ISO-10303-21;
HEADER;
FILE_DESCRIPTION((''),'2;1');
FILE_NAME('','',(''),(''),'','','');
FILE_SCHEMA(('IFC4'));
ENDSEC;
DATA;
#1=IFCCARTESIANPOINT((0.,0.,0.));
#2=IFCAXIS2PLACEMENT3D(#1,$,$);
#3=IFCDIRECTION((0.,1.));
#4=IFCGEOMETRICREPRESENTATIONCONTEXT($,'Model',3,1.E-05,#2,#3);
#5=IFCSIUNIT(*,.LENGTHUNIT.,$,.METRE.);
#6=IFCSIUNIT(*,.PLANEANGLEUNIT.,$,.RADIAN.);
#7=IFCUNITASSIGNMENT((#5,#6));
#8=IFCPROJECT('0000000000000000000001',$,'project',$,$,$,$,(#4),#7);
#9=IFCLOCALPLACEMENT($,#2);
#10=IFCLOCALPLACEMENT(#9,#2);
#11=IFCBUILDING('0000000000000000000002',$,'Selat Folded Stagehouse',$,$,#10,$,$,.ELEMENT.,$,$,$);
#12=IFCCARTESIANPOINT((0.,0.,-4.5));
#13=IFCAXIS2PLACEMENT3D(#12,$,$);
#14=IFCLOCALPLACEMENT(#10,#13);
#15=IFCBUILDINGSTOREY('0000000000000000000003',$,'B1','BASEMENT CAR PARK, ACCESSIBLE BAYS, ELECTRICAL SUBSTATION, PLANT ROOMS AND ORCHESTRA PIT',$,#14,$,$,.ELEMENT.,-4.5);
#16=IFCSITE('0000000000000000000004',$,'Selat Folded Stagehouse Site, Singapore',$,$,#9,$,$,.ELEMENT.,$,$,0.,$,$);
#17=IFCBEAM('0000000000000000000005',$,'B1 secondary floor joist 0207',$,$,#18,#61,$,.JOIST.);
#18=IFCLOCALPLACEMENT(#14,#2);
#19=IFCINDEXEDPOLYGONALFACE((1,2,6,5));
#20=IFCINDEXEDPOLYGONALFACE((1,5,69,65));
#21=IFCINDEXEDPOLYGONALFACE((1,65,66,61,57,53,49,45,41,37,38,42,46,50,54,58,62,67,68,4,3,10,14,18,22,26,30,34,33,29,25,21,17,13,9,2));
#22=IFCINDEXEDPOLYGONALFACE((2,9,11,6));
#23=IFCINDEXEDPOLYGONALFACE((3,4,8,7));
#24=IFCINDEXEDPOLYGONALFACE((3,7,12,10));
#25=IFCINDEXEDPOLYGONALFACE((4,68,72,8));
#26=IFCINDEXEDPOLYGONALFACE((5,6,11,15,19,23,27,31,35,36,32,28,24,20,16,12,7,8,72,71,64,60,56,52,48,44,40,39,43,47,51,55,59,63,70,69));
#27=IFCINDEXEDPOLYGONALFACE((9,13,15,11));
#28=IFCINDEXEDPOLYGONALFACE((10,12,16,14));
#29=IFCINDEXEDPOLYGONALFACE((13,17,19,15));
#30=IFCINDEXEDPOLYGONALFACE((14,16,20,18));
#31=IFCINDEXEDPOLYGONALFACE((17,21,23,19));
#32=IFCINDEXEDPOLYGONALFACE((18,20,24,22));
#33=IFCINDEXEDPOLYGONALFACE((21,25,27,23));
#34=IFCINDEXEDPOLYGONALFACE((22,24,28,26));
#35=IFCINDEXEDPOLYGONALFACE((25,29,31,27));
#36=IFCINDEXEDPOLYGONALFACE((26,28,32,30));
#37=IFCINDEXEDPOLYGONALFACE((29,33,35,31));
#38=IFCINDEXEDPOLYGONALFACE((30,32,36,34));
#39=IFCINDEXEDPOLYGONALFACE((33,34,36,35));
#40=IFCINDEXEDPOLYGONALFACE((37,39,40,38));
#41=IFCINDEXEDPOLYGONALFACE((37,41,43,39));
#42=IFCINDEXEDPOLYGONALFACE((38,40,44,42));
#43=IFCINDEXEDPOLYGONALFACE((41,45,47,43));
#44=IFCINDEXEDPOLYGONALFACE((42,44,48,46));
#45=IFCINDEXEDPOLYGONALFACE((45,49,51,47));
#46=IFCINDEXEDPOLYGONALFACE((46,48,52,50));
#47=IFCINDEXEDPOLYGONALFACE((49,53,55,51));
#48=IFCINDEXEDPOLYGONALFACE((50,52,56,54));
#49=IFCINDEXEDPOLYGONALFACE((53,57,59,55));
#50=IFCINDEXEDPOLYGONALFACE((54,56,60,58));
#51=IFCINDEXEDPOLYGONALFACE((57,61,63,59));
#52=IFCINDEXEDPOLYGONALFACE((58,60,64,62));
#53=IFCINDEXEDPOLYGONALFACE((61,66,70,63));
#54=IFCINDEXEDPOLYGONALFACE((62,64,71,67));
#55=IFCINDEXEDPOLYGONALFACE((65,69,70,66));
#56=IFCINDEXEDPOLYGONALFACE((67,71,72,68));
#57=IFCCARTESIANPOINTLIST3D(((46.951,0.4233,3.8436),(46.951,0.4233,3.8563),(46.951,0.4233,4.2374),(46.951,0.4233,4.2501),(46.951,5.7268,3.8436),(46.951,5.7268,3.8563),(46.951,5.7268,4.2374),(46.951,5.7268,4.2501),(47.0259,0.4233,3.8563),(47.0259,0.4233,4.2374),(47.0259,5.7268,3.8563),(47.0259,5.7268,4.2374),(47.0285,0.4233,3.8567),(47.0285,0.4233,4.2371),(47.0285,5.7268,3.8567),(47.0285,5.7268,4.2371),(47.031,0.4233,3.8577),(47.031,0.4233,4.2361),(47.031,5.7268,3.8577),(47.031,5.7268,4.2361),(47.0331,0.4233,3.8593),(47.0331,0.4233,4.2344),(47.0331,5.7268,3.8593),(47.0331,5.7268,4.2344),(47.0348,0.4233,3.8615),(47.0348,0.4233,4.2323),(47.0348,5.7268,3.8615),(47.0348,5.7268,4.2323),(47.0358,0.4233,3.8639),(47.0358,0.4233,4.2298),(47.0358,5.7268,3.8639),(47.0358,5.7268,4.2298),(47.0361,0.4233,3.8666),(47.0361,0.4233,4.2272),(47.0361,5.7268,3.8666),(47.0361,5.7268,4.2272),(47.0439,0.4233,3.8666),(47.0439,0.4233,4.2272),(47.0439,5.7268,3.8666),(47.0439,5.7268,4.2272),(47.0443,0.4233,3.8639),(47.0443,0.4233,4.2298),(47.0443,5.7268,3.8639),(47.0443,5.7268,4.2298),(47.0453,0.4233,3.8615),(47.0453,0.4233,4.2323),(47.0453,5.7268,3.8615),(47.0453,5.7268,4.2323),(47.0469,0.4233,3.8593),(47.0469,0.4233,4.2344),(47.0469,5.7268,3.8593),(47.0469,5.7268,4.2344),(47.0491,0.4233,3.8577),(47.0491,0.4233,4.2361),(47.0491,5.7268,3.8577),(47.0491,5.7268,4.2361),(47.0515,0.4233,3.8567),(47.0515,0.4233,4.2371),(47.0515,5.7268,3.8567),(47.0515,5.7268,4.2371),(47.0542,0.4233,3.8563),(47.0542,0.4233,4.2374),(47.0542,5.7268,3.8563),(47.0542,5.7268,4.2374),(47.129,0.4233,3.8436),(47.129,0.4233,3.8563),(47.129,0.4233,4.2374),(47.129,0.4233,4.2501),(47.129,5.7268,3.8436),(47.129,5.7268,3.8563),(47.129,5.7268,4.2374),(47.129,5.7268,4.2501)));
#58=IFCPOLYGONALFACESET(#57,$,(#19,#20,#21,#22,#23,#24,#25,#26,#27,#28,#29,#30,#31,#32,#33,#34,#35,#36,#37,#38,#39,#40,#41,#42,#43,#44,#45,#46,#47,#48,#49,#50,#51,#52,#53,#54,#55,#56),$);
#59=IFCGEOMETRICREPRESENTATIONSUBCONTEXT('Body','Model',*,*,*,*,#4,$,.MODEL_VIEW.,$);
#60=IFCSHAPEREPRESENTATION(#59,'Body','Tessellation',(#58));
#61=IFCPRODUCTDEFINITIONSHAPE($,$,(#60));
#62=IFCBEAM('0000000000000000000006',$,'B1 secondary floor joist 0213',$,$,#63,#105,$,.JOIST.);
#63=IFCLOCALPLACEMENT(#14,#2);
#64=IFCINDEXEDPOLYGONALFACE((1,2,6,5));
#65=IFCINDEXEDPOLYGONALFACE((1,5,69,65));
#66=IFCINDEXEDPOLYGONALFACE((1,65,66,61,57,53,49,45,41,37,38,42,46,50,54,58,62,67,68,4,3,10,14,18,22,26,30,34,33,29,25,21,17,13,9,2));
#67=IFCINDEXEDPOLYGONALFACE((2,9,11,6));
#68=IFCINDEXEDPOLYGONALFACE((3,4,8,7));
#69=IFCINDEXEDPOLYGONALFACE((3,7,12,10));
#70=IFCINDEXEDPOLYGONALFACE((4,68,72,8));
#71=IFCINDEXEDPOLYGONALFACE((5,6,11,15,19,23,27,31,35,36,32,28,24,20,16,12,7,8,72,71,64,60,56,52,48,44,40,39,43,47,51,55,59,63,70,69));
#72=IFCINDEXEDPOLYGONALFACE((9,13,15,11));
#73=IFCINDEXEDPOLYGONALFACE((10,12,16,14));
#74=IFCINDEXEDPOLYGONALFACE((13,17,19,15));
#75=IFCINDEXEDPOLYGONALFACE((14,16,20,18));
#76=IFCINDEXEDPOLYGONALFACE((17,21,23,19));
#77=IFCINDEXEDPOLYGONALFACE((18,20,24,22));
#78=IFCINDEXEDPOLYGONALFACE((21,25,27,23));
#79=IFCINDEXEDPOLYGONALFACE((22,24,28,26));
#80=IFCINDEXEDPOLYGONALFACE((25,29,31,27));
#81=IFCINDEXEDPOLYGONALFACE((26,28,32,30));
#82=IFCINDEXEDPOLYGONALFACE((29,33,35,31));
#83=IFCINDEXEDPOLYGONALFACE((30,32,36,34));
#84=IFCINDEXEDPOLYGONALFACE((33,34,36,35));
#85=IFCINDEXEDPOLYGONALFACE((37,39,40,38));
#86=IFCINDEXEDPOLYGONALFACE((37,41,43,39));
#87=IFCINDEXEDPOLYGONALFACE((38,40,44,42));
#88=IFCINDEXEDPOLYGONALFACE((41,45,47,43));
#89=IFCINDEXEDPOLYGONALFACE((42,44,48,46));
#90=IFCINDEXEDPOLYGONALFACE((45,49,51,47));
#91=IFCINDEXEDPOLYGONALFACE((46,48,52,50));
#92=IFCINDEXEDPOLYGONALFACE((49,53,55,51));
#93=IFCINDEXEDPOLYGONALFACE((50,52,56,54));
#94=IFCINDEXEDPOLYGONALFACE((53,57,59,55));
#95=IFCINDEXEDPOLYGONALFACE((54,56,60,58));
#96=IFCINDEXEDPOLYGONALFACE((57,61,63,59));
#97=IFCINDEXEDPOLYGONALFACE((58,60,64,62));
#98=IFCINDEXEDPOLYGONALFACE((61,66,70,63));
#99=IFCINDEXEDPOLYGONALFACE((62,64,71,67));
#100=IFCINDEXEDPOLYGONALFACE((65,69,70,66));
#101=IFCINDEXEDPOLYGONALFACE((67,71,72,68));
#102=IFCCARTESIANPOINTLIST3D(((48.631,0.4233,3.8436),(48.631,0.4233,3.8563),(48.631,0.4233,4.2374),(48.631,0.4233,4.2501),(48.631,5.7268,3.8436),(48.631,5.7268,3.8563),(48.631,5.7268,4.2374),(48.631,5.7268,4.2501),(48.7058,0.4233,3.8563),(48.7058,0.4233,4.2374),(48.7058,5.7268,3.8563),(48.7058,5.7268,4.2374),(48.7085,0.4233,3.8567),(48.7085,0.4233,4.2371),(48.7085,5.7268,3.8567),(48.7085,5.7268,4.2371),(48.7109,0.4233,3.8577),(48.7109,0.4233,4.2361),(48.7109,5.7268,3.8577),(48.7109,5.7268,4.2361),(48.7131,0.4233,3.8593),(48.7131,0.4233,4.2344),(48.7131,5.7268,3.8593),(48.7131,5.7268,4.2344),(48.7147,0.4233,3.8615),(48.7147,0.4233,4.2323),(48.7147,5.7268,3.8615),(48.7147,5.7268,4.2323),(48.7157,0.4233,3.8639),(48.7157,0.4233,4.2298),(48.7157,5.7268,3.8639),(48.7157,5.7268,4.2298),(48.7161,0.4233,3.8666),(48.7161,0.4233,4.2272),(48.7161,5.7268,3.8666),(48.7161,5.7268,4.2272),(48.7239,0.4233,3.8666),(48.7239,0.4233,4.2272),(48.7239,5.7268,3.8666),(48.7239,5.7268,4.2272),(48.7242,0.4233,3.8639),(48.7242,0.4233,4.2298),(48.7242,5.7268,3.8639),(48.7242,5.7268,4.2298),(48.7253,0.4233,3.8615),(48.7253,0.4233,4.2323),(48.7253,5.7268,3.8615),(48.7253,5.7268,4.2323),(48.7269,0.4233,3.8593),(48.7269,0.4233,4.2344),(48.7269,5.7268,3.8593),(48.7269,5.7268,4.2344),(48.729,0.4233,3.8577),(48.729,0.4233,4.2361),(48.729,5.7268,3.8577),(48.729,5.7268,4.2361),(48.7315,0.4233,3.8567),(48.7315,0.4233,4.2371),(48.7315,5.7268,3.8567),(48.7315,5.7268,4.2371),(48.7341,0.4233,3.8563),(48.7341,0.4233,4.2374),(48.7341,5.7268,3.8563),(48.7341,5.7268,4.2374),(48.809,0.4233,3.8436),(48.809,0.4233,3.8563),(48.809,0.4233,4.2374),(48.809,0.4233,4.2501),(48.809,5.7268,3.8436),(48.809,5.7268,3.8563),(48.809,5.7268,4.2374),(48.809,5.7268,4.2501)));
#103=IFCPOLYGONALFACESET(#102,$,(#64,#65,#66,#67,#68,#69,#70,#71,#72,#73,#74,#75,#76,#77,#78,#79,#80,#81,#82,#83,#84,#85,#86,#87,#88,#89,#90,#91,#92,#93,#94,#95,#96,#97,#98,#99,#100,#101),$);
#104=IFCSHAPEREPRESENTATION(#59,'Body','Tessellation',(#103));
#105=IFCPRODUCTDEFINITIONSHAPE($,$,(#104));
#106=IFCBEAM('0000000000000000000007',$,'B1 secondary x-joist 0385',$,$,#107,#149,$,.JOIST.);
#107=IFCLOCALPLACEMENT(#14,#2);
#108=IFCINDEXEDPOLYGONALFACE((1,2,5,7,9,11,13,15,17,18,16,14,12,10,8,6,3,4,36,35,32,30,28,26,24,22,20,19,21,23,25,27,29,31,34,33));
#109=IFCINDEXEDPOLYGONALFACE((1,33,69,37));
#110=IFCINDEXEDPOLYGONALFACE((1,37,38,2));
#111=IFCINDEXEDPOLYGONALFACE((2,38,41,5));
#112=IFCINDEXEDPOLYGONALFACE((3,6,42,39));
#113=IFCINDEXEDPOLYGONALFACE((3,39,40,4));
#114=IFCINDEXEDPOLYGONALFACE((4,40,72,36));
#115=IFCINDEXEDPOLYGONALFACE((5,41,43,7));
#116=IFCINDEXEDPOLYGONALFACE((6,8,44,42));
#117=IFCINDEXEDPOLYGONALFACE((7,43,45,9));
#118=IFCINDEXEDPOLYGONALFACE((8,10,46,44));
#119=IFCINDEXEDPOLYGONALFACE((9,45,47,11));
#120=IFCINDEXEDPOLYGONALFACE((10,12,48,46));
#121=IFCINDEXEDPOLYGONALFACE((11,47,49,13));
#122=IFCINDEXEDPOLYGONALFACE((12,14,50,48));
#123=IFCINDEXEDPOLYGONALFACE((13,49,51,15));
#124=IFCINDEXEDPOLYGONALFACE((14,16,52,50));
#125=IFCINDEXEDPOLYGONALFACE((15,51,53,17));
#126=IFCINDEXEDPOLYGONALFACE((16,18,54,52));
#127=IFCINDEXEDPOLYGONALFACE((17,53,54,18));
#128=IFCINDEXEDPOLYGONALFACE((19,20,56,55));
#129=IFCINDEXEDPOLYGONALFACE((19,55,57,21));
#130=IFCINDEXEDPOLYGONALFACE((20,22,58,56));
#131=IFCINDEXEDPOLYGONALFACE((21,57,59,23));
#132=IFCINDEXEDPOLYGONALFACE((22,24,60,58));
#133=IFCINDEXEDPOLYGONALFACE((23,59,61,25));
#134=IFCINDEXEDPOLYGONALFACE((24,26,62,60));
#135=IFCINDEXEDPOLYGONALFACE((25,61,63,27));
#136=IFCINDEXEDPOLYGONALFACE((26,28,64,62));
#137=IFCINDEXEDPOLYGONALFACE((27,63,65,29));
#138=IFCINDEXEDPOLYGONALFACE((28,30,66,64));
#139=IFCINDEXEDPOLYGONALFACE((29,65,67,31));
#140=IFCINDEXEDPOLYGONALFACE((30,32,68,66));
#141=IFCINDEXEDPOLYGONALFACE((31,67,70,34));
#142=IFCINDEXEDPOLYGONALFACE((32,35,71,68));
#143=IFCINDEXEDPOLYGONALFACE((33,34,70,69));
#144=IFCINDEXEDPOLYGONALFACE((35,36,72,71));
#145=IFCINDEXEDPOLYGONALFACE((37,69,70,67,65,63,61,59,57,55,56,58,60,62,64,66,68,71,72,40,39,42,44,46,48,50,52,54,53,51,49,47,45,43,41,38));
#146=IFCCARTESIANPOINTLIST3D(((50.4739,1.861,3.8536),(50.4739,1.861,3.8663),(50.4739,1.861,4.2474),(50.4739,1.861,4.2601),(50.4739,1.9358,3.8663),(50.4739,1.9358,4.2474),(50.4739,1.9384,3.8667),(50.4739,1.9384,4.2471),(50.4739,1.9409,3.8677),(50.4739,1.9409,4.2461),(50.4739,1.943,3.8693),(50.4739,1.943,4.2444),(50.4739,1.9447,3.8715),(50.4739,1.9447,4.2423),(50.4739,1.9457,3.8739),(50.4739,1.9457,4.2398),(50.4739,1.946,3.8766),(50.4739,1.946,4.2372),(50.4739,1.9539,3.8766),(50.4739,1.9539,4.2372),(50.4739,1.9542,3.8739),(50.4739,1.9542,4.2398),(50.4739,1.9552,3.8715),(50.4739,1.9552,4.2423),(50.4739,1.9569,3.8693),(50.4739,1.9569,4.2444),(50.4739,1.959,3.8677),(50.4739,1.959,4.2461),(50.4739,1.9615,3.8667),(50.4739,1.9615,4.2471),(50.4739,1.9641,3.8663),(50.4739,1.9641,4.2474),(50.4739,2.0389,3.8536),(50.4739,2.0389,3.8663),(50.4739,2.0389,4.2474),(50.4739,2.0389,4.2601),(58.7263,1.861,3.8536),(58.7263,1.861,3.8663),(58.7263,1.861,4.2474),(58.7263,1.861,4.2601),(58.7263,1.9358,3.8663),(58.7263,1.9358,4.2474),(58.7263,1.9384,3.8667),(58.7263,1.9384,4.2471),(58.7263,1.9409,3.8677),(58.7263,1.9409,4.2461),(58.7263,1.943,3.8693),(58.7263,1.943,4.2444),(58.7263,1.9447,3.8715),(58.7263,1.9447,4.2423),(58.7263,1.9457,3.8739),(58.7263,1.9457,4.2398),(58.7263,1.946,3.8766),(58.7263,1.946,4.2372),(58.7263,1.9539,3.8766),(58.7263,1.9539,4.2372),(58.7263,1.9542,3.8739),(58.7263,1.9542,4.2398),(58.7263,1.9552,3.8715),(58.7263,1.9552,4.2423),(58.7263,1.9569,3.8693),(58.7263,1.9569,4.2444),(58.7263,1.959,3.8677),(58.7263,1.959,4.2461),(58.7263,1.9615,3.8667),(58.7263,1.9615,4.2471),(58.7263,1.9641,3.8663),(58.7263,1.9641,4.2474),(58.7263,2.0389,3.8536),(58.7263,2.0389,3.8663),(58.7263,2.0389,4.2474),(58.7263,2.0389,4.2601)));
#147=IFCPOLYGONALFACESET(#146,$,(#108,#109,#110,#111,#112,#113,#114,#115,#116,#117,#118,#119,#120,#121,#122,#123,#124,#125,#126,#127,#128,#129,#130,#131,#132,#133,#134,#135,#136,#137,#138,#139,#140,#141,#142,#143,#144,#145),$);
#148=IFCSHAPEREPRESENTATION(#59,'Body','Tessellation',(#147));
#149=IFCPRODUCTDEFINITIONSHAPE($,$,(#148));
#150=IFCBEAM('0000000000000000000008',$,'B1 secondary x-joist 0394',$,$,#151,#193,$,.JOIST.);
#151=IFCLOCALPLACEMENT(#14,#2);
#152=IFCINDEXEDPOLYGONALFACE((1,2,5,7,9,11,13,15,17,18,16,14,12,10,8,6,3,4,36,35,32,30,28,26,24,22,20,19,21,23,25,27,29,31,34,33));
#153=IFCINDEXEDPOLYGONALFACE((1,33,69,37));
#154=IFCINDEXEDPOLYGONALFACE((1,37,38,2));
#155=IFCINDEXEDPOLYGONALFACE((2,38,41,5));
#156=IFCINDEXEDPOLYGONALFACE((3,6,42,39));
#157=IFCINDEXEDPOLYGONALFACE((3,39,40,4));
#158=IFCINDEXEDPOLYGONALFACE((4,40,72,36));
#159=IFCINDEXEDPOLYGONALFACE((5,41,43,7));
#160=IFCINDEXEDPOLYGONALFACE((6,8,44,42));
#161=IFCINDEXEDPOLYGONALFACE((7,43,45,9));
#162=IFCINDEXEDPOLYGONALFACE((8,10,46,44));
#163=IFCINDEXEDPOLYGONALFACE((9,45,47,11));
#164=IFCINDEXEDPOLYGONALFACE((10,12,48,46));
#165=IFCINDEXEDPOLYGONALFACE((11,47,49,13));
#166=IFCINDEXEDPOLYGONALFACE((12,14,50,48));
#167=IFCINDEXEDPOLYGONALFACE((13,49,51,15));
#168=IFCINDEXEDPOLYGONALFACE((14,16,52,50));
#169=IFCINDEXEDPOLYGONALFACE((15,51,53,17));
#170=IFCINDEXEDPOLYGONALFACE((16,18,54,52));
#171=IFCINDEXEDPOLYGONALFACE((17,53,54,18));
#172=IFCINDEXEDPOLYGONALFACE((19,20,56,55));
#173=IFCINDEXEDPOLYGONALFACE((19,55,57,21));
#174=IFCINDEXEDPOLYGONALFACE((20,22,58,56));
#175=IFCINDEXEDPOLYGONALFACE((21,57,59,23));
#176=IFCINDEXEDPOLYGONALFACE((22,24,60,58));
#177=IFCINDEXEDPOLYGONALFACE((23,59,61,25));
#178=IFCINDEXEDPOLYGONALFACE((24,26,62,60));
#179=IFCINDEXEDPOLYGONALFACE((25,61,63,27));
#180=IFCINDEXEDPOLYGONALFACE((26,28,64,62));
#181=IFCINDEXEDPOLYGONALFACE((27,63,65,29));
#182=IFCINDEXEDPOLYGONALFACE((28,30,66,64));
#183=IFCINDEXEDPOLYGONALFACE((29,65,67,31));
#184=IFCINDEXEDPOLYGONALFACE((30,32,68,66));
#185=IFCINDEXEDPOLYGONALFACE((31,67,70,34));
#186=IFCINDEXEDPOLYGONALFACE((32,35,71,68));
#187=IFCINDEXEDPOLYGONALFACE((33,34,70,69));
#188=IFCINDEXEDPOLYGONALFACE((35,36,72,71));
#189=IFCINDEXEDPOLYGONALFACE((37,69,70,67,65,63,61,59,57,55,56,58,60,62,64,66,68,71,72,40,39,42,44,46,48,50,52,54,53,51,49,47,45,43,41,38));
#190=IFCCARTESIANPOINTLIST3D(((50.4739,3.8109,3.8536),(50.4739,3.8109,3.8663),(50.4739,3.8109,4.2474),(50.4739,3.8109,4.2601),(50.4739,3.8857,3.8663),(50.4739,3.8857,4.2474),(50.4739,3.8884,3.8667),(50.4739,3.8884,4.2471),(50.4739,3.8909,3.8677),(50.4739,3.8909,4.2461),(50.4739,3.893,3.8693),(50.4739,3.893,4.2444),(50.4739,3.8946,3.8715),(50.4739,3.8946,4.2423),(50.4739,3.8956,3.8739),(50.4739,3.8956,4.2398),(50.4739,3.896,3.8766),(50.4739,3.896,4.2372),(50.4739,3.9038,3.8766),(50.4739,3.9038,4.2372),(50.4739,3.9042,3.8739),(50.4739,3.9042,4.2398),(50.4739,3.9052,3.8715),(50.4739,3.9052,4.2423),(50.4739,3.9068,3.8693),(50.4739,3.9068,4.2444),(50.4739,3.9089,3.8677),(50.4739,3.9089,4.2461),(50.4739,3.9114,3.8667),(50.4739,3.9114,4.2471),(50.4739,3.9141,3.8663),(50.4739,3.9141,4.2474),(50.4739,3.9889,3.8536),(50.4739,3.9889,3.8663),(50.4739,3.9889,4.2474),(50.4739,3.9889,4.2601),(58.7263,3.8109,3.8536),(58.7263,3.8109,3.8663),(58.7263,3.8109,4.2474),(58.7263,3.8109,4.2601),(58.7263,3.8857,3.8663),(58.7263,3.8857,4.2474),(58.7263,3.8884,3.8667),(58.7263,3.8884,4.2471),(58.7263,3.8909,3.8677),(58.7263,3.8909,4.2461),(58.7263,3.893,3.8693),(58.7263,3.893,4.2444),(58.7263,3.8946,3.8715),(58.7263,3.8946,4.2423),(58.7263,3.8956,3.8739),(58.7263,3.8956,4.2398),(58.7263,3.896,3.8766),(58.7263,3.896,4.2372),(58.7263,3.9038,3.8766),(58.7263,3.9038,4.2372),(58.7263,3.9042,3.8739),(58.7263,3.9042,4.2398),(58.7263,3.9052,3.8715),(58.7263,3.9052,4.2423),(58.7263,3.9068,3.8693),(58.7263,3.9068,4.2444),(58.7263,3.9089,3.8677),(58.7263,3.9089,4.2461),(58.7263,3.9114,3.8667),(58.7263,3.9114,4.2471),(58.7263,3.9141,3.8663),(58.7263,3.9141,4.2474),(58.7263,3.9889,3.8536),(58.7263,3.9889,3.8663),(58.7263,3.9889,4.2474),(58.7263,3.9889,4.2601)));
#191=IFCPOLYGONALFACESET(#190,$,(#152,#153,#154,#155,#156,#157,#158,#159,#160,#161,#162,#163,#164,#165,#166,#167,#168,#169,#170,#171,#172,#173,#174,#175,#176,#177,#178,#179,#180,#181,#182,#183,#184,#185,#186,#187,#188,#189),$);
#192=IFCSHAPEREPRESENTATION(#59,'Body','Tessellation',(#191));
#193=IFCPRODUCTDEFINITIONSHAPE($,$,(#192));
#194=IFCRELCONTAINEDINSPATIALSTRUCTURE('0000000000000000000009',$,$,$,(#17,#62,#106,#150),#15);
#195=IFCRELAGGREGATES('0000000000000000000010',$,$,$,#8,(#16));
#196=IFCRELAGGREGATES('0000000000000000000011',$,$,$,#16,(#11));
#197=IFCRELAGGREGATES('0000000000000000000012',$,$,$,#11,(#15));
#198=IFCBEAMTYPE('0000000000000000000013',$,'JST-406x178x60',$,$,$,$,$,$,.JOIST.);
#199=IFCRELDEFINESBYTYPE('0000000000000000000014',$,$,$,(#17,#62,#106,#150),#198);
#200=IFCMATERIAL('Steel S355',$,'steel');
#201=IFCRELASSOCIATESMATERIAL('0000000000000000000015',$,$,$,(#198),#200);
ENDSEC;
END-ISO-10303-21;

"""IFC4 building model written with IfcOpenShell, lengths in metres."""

from ifc_helpers import new_model, si_unit, direction, frame, origin, origin_2d, place, context, subcontext, project, spatial, i_section, extrude, material, material_profile, profile_set, type_object, element, save


model = new_model("IFC4")

# Units and contexts
model_context = context("Model", 3, precision=1e-05, world=origin(), true_north=direction((0.0, 1.0)))
body_context = subcontext(model_context, "Body", "Model", "MODEL_VIEW")
ifc_project = project(units=[si_unit("LENGTHUNIT", "METRE"), si_unit("PLANEANGLEUNIT", "RADIAN")], contexts=[model_context])

# Site, building, storey
site_placement = place(None, origin())
site = spatial("IfcSite", under=ifc_project, at=site_placement, Name="Selat Folded Stagehouse Site, Singapore", CompositionType="ELEMENT", RefElevation=0.0)
building_placement = place(site_placement, origin())
building = spatial("IfcBuilding", under=site, at=building_placement, Name="Selat Folded Stagehouse", CompositionType="ELEMENT")
storey_placement = place(building_placement, frame((0.0, 0.0, -4.5)))
storey = spatial("IfcBuildingStorey", under=building, at=storey_placement, Name="B1", Description="BASEMENT CAR PARK, ACCESSIBLE BAYS, ELECTRICAL SUBSTATION, PLANT ROOMS AND ORCHESTRA PIT", CompositionType="ELEMENT", Elevation=-4.5)

# Shared definitions
ifc_material_1 = material(Name="Steel S355", Category="steel")

# Beams
ifc_material_profile_1 = material_profile(ifc_material_1, i_section(OverallWidth=0.178, OverallDepth=0.4065, WebThickness=0.0078, FlangeThickness=0.0127, FilletRadius=0.0103, at=origin_2d()), Name="UKB 406x178x60")
ifc_profile_set_1 = profile_set([ifc_material_profile_1], Name="Steel S355")
beam_type_1 = type_object("IfcBeamType", Name="JST-406x178x60", PredefinedType="JOIST", material=ifc_profile_set_1)
for number, where, z_axis, x_axis, name in (
    (1, (47.04, 0.4233, 4.0469), (0.0, 1.0, 0.0), (-1.0, 0.0, 0.0), "B1 secondary floor joist 0207"),
    (2, (48.72, 0.4233, 4.0469), (0.0, 1.0, 0.0), (-1.0, 0.0, 0.0), "B1 secondary floor joist 0213"),
):
    element("IfcBeam", number, at=place(storey_placement, frame(where, z_axis=z_axis, x_axis=x_axis)), inside=storey, type_object=beam_type_1, Name=name, PredefinedType="JOIST", context=body_context, shape_type="SweptSolid", body=[
        extrude(i_section(OverallWidth=0.178, OverallDepth=0.4065, WebThickness=0.0078, FlangeThickness=0.0127, FilletRadius=0.0103, at=origin_2d()), origin(), (0.0, 0.0, 1.0), 5.3035),
    ])
for number, where, z_axis, x_axis, name in (
    (3, (50.4739, 1.95, 4.0569), (1.0, 0.0, 0.0), (0.0, 1.0, 0.0), "B1 secondary x-joist 0385"),
    (4, (50.4739, 3.8999, 4.0569), (1.0, 0.0, 0.0), (0.0, 1.0, 0.0), "B1 secondary x-joist 0394"),
):
    element("IfcBeam", number, at=place(storey_placement, frame(where, z_axis=z_axis, x_axis=x_axis)), inside=storey, type_object=beam_type_1, Name=name, PredefinedType="JOIST", context=body_context, shape_type="SweptSolid", body=[
        extrude(i_section(OverallWidth=0.178, OverallDepth=0.4065, WebThickness=0.0078, FlangeThickness=0.0127, FilletRadius=0.0103, at=origin_2d()), origin(), (0.0, 0.0, 1.0), 8.2524),
    ])

save(model, "model.ifc")
